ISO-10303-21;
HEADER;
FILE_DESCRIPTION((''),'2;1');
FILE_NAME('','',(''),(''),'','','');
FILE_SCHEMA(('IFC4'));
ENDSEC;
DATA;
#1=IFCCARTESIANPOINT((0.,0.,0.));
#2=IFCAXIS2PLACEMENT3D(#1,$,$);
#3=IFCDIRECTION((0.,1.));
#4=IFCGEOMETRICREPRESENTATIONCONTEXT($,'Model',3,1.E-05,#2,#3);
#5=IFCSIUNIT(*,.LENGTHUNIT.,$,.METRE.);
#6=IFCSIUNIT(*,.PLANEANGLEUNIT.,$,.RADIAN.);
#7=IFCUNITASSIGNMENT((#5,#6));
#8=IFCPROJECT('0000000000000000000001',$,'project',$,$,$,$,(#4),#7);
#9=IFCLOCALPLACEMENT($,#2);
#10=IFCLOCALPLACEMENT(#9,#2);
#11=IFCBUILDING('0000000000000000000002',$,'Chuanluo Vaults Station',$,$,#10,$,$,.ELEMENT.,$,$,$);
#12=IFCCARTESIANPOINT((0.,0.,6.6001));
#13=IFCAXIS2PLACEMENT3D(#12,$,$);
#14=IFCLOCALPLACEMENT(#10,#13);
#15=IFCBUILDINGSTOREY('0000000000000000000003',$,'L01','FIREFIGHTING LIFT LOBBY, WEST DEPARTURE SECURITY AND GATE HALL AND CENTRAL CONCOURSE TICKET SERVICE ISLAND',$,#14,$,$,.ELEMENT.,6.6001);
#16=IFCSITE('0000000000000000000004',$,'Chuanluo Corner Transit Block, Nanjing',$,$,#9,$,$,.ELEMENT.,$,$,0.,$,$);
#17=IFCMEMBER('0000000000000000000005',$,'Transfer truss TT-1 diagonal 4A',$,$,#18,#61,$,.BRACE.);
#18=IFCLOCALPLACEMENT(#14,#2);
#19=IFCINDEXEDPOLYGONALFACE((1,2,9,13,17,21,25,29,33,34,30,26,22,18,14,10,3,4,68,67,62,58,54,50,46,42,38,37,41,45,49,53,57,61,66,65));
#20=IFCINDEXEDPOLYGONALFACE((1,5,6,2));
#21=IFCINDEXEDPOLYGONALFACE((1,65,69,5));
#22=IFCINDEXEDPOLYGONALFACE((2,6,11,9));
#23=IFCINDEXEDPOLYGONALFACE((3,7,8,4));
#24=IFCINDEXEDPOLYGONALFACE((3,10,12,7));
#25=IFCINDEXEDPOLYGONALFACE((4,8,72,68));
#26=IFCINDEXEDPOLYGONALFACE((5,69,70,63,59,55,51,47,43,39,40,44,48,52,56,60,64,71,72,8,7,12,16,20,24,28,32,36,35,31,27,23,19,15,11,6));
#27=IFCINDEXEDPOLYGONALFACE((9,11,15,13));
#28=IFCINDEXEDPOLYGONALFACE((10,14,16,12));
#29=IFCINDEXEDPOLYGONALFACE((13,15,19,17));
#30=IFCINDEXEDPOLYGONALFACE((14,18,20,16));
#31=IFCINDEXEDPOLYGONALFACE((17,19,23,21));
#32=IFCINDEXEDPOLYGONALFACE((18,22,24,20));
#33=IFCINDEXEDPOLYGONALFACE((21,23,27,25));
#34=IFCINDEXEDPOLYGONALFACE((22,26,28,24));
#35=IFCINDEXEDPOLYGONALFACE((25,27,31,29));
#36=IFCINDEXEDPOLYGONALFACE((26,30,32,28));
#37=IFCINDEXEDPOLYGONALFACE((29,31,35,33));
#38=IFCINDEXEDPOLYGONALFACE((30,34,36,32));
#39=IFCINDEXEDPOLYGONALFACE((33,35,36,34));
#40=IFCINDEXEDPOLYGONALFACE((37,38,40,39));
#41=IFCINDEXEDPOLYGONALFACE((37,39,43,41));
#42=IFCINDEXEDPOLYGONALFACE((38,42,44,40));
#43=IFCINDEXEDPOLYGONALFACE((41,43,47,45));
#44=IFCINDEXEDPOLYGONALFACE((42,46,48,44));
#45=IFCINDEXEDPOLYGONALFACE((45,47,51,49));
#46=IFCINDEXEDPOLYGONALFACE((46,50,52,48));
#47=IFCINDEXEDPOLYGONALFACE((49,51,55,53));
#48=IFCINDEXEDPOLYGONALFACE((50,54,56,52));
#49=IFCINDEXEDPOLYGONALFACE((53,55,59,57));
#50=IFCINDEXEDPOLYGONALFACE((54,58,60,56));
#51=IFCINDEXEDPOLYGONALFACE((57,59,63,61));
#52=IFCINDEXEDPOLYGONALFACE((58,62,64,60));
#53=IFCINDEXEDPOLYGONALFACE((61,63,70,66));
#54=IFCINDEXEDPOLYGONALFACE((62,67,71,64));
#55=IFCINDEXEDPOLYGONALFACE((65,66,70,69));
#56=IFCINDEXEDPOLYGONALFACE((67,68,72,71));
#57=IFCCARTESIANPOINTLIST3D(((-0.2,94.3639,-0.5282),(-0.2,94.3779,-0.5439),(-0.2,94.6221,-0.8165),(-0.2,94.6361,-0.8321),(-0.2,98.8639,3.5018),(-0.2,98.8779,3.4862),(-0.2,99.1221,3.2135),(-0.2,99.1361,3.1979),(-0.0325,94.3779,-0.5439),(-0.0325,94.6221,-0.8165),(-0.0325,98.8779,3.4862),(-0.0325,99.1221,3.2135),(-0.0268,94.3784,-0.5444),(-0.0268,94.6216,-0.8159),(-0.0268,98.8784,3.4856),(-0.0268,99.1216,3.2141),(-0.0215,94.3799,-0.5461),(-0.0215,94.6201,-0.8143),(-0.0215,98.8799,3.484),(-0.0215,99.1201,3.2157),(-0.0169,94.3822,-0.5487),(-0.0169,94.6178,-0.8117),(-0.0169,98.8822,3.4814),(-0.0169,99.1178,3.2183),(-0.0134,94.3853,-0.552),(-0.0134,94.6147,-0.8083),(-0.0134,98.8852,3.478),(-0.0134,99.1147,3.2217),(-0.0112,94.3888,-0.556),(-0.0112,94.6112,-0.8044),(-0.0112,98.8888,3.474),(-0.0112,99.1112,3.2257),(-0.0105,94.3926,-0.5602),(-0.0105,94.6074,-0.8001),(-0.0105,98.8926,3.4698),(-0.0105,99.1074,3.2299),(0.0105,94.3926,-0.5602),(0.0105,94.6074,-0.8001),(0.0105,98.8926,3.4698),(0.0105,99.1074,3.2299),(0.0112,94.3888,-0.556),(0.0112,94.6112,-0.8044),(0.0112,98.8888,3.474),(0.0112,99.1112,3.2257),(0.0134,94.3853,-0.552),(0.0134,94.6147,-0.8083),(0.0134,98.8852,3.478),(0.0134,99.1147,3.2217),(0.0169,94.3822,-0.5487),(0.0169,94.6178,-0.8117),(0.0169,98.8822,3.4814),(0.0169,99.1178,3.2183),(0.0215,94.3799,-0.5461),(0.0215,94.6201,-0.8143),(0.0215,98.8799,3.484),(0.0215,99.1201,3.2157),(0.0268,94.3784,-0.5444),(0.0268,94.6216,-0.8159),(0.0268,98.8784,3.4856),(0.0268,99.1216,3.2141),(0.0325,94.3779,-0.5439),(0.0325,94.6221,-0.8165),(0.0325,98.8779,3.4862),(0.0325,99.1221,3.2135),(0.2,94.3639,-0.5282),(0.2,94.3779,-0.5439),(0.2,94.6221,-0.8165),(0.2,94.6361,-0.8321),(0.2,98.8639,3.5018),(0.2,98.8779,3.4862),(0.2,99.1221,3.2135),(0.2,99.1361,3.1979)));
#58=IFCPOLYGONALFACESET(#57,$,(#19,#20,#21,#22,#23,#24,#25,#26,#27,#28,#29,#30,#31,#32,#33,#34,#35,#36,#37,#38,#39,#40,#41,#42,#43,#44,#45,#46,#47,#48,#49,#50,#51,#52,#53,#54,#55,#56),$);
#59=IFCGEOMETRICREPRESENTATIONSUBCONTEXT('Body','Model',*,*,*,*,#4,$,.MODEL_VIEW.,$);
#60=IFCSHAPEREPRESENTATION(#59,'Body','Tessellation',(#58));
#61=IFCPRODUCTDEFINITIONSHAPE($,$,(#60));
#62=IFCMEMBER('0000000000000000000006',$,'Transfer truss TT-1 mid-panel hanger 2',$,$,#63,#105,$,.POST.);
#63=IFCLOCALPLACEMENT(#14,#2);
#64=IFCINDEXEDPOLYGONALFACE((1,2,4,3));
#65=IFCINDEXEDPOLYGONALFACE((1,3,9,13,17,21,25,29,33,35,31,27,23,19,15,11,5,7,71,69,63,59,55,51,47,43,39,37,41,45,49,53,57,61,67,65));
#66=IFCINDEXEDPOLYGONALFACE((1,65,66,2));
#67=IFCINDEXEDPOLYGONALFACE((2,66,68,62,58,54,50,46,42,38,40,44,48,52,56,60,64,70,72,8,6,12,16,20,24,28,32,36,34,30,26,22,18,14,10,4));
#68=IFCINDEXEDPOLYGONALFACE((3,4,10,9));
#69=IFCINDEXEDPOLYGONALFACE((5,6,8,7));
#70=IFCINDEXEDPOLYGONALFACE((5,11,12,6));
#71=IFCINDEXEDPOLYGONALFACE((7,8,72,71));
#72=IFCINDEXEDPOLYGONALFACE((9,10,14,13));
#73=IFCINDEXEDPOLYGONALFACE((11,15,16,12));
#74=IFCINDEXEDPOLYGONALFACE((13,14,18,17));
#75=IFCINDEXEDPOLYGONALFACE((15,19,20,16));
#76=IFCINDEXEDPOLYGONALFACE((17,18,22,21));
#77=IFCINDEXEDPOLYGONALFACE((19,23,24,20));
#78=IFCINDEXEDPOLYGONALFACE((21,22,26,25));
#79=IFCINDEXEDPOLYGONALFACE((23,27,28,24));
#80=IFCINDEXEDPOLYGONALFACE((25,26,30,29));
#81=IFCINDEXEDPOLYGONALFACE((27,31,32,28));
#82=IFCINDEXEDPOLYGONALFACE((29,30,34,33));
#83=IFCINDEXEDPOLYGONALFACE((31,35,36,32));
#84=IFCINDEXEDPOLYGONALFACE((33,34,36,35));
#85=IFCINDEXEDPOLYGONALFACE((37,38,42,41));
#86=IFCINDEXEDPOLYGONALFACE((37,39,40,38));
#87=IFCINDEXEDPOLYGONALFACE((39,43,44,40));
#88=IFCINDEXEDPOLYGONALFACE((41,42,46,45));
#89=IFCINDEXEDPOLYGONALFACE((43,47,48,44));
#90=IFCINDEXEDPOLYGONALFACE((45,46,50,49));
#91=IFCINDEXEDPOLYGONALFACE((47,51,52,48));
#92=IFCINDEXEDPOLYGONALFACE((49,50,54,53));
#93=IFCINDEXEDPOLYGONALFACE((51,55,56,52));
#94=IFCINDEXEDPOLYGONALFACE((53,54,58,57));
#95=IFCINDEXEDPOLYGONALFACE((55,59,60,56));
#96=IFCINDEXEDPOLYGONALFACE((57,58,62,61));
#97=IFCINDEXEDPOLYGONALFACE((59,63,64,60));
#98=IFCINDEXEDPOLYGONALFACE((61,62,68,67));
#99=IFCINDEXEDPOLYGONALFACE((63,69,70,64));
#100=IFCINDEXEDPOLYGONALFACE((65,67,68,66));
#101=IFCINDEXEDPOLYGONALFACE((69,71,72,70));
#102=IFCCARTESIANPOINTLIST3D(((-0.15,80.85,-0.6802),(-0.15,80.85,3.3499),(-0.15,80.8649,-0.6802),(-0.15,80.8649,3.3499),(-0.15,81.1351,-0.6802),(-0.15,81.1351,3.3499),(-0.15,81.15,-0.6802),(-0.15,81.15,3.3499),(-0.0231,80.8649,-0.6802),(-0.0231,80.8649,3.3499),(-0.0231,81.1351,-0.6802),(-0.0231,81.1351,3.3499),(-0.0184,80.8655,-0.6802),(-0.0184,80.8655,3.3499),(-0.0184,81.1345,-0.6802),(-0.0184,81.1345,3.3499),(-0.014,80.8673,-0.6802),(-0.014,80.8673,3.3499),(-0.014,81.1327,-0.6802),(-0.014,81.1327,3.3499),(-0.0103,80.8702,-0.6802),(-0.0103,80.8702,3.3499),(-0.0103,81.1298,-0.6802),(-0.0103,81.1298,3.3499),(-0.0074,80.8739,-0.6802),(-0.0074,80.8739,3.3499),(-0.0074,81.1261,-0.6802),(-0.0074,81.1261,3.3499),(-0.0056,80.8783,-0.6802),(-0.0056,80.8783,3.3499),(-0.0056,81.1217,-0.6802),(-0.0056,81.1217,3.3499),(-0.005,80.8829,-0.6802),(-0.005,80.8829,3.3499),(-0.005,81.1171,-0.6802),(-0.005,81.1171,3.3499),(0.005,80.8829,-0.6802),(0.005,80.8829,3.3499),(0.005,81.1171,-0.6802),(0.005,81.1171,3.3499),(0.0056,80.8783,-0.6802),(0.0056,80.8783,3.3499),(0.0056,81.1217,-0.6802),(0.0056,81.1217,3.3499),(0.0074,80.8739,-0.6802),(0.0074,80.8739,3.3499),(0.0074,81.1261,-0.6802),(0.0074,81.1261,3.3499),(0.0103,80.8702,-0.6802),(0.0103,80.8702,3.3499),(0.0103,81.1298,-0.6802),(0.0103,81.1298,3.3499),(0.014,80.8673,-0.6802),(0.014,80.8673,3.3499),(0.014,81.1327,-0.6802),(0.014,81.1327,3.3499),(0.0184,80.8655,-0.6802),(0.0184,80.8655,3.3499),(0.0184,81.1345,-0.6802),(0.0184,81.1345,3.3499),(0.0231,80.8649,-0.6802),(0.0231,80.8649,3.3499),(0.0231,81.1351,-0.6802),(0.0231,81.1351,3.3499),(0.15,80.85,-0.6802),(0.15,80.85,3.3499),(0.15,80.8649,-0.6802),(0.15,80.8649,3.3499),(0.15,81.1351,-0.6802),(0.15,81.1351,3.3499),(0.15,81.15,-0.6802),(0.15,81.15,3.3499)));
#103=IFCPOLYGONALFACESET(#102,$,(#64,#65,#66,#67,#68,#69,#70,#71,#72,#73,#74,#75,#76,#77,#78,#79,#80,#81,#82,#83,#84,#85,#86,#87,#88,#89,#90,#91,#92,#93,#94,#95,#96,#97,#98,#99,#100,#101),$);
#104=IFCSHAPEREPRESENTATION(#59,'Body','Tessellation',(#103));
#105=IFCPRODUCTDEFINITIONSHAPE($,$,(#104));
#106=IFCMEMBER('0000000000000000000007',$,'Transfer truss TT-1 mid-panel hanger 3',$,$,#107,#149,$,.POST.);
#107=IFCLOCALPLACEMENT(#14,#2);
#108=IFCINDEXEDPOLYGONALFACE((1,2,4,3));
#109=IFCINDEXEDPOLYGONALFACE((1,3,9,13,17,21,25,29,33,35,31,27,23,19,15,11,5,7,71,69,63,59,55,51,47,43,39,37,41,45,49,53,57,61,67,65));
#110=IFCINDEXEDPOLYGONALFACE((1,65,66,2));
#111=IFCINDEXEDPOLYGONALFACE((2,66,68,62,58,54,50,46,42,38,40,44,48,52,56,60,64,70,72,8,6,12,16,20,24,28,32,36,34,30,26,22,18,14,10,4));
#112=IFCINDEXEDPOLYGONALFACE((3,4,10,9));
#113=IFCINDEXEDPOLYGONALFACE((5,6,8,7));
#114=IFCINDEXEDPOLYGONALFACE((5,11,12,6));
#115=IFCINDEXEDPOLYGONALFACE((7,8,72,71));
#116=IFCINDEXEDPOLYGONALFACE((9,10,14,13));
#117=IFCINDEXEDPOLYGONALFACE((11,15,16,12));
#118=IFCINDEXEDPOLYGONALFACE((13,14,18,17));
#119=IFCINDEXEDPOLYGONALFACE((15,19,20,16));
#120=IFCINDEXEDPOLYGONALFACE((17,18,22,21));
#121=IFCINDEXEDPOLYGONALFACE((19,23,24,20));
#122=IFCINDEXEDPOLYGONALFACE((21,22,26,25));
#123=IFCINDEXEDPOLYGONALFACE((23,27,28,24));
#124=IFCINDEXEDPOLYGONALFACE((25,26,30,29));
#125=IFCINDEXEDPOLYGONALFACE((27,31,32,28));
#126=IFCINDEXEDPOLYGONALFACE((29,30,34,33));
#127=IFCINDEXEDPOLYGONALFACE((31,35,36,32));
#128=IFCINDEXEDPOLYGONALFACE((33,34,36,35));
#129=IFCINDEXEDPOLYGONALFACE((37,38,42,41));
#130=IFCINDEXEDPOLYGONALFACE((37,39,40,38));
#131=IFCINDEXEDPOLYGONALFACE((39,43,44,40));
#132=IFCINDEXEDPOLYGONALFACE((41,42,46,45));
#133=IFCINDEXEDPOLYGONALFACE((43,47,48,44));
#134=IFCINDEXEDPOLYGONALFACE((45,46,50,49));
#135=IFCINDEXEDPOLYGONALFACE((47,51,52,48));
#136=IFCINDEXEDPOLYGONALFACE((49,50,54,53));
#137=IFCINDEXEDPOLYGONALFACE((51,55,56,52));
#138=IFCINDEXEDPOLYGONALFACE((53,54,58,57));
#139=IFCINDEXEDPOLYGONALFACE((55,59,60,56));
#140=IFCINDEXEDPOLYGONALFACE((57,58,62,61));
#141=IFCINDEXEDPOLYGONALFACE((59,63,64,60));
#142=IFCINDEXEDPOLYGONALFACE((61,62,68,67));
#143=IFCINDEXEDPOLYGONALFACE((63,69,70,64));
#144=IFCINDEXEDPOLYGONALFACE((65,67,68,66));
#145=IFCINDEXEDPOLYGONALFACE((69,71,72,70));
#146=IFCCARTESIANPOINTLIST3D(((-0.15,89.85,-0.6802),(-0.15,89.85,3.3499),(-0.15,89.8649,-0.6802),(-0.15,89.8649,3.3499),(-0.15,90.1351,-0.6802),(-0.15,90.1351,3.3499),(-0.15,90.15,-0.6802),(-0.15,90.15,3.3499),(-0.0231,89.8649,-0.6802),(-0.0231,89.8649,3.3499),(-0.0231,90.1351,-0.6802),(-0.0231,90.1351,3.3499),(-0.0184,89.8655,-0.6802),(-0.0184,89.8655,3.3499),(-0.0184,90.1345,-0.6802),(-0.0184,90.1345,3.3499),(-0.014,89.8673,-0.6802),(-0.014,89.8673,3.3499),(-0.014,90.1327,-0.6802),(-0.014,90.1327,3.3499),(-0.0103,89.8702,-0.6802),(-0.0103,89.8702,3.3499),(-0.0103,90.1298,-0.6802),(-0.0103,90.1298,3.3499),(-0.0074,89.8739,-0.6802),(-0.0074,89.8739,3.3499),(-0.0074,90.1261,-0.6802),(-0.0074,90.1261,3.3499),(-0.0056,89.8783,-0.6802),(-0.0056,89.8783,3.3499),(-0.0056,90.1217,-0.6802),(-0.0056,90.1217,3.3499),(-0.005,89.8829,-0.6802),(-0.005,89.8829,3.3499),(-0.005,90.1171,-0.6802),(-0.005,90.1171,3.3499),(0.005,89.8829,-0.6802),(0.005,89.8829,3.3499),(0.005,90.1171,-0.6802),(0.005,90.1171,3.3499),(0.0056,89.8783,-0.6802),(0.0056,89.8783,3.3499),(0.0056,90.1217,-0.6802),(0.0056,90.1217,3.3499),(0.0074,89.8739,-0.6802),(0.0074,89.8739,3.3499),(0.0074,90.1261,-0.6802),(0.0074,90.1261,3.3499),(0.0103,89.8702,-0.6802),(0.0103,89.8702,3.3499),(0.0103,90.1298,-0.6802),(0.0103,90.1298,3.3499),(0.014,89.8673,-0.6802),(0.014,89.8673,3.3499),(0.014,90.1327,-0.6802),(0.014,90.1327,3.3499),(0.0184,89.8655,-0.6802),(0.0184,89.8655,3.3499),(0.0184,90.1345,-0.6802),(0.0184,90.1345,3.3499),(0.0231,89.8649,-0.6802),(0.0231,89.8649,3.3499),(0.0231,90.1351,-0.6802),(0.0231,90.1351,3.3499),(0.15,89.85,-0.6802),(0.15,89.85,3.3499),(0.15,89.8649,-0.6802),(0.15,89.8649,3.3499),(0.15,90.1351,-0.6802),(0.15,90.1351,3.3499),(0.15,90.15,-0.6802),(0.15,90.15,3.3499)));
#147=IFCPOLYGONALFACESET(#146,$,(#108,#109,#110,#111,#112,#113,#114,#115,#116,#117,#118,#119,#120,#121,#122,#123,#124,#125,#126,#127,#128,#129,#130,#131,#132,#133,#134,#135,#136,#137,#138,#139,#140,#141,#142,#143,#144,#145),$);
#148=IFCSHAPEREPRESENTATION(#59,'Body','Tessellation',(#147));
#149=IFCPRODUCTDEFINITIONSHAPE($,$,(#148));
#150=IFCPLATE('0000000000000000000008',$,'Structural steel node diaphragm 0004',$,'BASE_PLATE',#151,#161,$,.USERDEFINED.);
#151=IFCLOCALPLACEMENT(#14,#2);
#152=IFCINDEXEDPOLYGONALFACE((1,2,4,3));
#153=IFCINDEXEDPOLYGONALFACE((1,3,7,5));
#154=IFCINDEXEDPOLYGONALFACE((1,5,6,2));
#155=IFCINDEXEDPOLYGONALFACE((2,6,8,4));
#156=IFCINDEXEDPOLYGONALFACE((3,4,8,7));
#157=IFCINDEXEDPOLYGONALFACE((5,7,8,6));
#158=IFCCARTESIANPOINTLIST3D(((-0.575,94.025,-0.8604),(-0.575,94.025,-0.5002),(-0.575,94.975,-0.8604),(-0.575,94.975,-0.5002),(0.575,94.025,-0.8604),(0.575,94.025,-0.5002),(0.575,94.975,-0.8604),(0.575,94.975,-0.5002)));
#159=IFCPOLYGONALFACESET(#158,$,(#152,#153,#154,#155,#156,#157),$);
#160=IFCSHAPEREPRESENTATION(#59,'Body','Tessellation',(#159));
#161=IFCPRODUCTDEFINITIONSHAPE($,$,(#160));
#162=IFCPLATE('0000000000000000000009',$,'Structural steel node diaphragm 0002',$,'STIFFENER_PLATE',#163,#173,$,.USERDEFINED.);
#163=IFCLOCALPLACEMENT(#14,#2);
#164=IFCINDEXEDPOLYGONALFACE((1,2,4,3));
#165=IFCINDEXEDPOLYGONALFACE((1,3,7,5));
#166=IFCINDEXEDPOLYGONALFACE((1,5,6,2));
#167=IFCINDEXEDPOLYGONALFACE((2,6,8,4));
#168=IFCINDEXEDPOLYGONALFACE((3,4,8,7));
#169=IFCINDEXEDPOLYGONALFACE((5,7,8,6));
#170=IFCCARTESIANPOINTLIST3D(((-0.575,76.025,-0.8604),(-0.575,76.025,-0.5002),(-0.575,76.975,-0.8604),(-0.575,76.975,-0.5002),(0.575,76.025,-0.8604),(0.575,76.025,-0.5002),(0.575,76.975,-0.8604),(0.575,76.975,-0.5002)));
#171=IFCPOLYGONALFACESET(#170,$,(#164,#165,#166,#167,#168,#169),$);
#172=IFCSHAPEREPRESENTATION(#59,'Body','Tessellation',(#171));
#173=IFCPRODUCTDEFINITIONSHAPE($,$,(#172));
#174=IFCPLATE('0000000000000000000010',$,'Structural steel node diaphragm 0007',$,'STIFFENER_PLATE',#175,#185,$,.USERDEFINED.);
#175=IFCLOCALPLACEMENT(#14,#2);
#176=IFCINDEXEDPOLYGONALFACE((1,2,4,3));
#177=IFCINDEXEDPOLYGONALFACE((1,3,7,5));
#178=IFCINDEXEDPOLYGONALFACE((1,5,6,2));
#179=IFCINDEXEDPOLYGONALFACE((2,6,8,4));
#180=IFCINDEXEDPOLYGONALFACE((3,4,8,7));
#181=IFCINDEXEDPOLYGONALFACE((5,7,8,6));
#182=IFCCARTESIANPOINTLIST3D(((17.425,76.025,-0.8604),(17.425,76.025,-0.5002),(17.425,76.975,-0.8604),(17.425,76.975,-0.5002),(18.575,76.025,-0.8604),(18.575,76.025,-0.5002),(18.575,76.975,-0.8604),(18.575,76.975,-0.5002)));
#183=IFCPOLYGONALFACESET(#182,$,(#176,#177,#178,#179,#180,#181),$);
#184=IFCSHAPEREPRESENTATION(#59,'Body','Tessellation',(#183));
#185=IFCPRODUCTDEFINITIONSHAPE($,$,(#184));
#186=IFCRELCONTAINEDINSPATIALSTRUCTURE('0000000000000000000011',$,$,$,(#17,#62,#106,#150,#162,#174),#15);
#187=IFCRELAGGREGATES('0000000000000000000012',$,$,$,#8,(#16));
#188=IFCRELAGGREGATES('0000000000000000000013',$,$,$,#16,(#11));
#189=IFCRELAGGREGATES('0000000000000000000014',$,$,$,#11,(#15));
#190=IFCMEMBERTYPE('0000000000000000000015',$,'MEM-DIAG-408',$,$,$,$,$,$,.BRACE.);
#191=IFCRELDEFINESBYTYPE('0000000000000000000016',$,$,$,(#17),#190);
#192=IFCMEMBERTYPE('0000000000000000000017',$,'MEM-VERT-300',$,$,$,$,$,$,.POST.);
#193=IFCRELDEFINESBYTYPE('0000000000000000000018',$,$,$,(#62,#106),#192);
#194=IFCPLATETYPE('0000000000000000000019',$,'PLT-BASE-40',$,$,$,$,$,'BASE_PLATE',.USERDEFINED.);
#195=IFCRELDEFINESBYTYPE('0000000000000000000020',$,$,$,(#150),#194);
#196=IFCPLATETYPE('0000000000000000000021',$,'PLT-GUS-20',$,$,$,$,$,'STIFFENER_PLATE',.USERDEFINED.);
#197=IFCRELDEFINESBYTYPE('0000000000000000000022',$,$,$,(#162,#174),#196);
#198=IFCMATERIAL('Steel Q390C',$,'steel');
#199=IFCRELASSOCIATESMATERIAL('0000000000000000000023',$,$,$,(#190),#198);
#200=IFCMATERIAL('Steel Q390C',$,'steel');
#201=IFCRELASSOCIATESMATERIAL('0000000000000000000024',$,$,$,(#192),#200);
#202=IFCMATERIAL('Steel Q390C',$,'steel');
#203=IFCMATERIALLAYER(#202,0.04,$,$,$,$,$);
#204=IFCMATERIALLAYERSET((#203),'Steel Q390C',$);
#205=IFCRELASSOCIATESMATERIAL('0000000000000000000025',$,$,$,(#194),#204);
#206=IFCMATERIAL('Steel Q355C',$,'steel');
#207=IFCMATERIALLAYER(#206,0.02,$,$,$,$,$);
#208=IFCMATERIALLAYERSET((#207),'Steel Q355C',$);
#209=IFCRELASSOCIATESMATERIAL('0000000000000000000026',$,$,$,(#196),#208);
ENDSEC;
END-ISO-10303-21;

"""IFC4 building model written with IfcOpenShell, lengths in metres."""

from ifc_helpers import new_model, si_unit, direction, frame, origin, origin_2d, place, context, subcontext, project, spatial, rectangle, i_section, extrude, material, layer, layer_set, material_profile, profile_set, type_object, element, save


model = new_model("IFC4")

# Units and contexts
model_context = context("Model", 3, precision=1e-05, world=origin(), true_north=direction((0.0, 1.0)))
body_context = subcontext(model_context, "Body", "Model", "MODEL_VIEW")
ifc_project = project(units=[si_unit("LENGTHUNIT", "METRE"), si_unit("PLANEANGLEUNIT", "RADIAN")], contexts=[model_context])

# Site, building, storey
site_placement = place(None, origin())
site = spatial("IfcSite", under=ifc_project, at=site_placement, Name="Chuanluo Corner Transit Block, Nanjing", CompositionType="ELEMENT", RefElevation=0.0)
building_placement = place(site_placement, origin())
building = spatial("IfcBuilding", under=site, at=building_placement, Name="Chuanluo Vaults Station", CompositionType="ELEMENT")
storey_placement = place(building_placement, frame((0.0, 0.0, 6.6001)))
storey = spatial("IfcBuildingStorey", under=building, at=storey_placement, Name="L01", Description="FIREFIGHTING LIFT LOBBY, WEST DEPARTURE SECURITY AND GATE HALL AND CENTRAL CONCOURSE TICKET SERVICE ISLAND", CompositionType="ELEMENT", Elevation=6.6001)

# Members
ifc_material_1 = material(Name="Steel Q390C", Category="steel")
ifc_material_profile_1 = material_profile(ifc_material_1, i_section(OverallWidth=0.3999, OverallDepth=0.408, WebThickness=0.021, FlangeThickness=0.021, FilletRadius=0.022, at=origin_2d()))
ifc_profile_set_1 = profile_set([ifc_material_profile_1], Name="Steel Q390C")
member_type_1 = type_object("IfcMemberType", Name="MEM-DIAG-408", PredefinedType="BRACE", material=ifc_profile_set_1)
member_1_placement = place(storey_placement, frame((0.0, 94.5, -0.6802), z_axis=(0.0, 0.744936, 0.667136), x_axis=(-1.0, 0.0, 0.0)))
element("IfcMember", 1, at=member_1_placement, inside=storey, type_object=member_type_1, Name="Transfer truss TT-1 diagonal 4A", PredefinedType="BRACE", context=body_context, shape_type="SweptSolid", body=[
    extrude(i_section(OverallWidth=0.3999, OverallDepth=0.408, WebThickness=0.021, FlangeThickness=0.021, FilletRadius=0.022, at=origin_2d()), origin(), (0.0, 0.0, 1.0), 6.0408),
])
ifc_material_2 = material(Name="Steel Q390C", Category="steel")
ifc_material_profile_2 = material_profile(ifc_material_2, i_section(OverallWidth=0.3, OverallDepth=0.3, WebThickness=0.01, FlangeThickness=0.0149, FilletRadius=0.0181, at=origin_2d()))
ifc_profile_set_2 = profile_set([ifc_material_profile_2], Name="Steel Q390C")
member_type_2 = type_object("IfcMemberType", Name="MEM-VERT-300", PredefinedType="POST", material=ifc_profile_set_2)
for number, where, z_axis, x_axis, name in (
    (2, (0.0, 81.0, -0.6802), (0.0, 0.0, 1.0), (1.0, 0.0, 0.0), "Transfer truss TT-1 mid-panel hanger 2"),
    (3, (0.0, 90.0, -0.6802), (0.0, 0.0, 1.0), (1.0, 0.0, 0.0), "Transfer truss TT-1 mid-panel hanger 3"),
):
    element("IfcMember", number, at=place(storey_placement, frame(where, z_axis=z_axis, x_axis=x_axis)), inside=storey, type_object=member_type_2, Name=name, PredefinedType="POST", context=body_context, shape_type="SweptSolid", body=[
        extrude(i_section(OverallWidth=0.3, OverallDepth=0.3, WebThickness=0.01, FlangeThickness=0.0149, FilletRadius=0.0181, at=origin_2d()), origin(), (0.0, 0.0, 1.0), 4.03),
    ])

# Plates
ifc_material_3 = material(Name="Steel Q390C", Category="steel")
ifc_layer_1 = layer(ifc_material_3, 0.04)
ifc_layer_set_1 = layer_set([ifc_layer_1], Name="Steel Q390C")
plate_type_1 = type_object("IfcPlateType", Name="PLT-BASE-40", ElementType="BASE_PLATE", PredefinedType="USERDEFINED", material=ifc_layer_set_1)
plate_1_placement = place(storey_placement, frame((0.0, 94.5, -0.8604), z_axis=(0.0, 0.0, 1.0), x_axis=(1.0, 0.0, 0.0)))
element("IfcPlate", 4, at=plate_1_placement, inside=storey, type_object=plate_type_1, Name="Structural steel node diaphragm 0004", ObjectType="BASE_PLATE", PredefinedType="USERDEFINED", context=body_context, shape_type="SweptSolid", body=[
    extrude(rectangle(XDim=1.1499, YDim=0.95, at=origin_2d()), origin(), (0.0, 0.0, 1.0), 0.3601),
])
ifc_material_4 = material(Name="Steel Q355C", Category="steel")
ifc_layer_2 = layer(ifc_material_4, 0.02)
ifc_layer_set_2 = layer_set([ifc_layer_2], Name="Steel Q355C")
plate_type_2 = type_object("IfcPlateType", Name="PLT-GUS-20", ElementType="STIFFENER_PLATE", PredefinedType="USERDEFINED", material=ifc_layer_set_2)
for number, where, z_axis, x_axis, name in (
    (5, (0.0, 76.5, -0.8604), (0.0, 0.0, 1.0), (1.0, 0.0, 0.0), "Structural steel node diaphragm 0002"),
    (6, (18.0, 76.5, -0.8604), (0.0, 0.0, 1.0), (1.0, 0.0, 0.0), "Structural steel node diaphragm 0007"),
):
    element("IfcPlate", number, at=place(storey_placement, frame(where, z_axis=z_axis, x_axis=x_axis)), inside=storey, type_object=plate_type_2, Name=name, ObjectType="STIFFENER_PLATE", PredefinedType="USERDEFINED", context=body_context, shape_type="SweptSolid", body=[
        extrude(rectangle(XDim=1.1499, YDim=0.95, at=origin_2d()), origin(), (0.0, 0.0, 1.0), 0.3601),
    ])

save(model, "model.ifc")
